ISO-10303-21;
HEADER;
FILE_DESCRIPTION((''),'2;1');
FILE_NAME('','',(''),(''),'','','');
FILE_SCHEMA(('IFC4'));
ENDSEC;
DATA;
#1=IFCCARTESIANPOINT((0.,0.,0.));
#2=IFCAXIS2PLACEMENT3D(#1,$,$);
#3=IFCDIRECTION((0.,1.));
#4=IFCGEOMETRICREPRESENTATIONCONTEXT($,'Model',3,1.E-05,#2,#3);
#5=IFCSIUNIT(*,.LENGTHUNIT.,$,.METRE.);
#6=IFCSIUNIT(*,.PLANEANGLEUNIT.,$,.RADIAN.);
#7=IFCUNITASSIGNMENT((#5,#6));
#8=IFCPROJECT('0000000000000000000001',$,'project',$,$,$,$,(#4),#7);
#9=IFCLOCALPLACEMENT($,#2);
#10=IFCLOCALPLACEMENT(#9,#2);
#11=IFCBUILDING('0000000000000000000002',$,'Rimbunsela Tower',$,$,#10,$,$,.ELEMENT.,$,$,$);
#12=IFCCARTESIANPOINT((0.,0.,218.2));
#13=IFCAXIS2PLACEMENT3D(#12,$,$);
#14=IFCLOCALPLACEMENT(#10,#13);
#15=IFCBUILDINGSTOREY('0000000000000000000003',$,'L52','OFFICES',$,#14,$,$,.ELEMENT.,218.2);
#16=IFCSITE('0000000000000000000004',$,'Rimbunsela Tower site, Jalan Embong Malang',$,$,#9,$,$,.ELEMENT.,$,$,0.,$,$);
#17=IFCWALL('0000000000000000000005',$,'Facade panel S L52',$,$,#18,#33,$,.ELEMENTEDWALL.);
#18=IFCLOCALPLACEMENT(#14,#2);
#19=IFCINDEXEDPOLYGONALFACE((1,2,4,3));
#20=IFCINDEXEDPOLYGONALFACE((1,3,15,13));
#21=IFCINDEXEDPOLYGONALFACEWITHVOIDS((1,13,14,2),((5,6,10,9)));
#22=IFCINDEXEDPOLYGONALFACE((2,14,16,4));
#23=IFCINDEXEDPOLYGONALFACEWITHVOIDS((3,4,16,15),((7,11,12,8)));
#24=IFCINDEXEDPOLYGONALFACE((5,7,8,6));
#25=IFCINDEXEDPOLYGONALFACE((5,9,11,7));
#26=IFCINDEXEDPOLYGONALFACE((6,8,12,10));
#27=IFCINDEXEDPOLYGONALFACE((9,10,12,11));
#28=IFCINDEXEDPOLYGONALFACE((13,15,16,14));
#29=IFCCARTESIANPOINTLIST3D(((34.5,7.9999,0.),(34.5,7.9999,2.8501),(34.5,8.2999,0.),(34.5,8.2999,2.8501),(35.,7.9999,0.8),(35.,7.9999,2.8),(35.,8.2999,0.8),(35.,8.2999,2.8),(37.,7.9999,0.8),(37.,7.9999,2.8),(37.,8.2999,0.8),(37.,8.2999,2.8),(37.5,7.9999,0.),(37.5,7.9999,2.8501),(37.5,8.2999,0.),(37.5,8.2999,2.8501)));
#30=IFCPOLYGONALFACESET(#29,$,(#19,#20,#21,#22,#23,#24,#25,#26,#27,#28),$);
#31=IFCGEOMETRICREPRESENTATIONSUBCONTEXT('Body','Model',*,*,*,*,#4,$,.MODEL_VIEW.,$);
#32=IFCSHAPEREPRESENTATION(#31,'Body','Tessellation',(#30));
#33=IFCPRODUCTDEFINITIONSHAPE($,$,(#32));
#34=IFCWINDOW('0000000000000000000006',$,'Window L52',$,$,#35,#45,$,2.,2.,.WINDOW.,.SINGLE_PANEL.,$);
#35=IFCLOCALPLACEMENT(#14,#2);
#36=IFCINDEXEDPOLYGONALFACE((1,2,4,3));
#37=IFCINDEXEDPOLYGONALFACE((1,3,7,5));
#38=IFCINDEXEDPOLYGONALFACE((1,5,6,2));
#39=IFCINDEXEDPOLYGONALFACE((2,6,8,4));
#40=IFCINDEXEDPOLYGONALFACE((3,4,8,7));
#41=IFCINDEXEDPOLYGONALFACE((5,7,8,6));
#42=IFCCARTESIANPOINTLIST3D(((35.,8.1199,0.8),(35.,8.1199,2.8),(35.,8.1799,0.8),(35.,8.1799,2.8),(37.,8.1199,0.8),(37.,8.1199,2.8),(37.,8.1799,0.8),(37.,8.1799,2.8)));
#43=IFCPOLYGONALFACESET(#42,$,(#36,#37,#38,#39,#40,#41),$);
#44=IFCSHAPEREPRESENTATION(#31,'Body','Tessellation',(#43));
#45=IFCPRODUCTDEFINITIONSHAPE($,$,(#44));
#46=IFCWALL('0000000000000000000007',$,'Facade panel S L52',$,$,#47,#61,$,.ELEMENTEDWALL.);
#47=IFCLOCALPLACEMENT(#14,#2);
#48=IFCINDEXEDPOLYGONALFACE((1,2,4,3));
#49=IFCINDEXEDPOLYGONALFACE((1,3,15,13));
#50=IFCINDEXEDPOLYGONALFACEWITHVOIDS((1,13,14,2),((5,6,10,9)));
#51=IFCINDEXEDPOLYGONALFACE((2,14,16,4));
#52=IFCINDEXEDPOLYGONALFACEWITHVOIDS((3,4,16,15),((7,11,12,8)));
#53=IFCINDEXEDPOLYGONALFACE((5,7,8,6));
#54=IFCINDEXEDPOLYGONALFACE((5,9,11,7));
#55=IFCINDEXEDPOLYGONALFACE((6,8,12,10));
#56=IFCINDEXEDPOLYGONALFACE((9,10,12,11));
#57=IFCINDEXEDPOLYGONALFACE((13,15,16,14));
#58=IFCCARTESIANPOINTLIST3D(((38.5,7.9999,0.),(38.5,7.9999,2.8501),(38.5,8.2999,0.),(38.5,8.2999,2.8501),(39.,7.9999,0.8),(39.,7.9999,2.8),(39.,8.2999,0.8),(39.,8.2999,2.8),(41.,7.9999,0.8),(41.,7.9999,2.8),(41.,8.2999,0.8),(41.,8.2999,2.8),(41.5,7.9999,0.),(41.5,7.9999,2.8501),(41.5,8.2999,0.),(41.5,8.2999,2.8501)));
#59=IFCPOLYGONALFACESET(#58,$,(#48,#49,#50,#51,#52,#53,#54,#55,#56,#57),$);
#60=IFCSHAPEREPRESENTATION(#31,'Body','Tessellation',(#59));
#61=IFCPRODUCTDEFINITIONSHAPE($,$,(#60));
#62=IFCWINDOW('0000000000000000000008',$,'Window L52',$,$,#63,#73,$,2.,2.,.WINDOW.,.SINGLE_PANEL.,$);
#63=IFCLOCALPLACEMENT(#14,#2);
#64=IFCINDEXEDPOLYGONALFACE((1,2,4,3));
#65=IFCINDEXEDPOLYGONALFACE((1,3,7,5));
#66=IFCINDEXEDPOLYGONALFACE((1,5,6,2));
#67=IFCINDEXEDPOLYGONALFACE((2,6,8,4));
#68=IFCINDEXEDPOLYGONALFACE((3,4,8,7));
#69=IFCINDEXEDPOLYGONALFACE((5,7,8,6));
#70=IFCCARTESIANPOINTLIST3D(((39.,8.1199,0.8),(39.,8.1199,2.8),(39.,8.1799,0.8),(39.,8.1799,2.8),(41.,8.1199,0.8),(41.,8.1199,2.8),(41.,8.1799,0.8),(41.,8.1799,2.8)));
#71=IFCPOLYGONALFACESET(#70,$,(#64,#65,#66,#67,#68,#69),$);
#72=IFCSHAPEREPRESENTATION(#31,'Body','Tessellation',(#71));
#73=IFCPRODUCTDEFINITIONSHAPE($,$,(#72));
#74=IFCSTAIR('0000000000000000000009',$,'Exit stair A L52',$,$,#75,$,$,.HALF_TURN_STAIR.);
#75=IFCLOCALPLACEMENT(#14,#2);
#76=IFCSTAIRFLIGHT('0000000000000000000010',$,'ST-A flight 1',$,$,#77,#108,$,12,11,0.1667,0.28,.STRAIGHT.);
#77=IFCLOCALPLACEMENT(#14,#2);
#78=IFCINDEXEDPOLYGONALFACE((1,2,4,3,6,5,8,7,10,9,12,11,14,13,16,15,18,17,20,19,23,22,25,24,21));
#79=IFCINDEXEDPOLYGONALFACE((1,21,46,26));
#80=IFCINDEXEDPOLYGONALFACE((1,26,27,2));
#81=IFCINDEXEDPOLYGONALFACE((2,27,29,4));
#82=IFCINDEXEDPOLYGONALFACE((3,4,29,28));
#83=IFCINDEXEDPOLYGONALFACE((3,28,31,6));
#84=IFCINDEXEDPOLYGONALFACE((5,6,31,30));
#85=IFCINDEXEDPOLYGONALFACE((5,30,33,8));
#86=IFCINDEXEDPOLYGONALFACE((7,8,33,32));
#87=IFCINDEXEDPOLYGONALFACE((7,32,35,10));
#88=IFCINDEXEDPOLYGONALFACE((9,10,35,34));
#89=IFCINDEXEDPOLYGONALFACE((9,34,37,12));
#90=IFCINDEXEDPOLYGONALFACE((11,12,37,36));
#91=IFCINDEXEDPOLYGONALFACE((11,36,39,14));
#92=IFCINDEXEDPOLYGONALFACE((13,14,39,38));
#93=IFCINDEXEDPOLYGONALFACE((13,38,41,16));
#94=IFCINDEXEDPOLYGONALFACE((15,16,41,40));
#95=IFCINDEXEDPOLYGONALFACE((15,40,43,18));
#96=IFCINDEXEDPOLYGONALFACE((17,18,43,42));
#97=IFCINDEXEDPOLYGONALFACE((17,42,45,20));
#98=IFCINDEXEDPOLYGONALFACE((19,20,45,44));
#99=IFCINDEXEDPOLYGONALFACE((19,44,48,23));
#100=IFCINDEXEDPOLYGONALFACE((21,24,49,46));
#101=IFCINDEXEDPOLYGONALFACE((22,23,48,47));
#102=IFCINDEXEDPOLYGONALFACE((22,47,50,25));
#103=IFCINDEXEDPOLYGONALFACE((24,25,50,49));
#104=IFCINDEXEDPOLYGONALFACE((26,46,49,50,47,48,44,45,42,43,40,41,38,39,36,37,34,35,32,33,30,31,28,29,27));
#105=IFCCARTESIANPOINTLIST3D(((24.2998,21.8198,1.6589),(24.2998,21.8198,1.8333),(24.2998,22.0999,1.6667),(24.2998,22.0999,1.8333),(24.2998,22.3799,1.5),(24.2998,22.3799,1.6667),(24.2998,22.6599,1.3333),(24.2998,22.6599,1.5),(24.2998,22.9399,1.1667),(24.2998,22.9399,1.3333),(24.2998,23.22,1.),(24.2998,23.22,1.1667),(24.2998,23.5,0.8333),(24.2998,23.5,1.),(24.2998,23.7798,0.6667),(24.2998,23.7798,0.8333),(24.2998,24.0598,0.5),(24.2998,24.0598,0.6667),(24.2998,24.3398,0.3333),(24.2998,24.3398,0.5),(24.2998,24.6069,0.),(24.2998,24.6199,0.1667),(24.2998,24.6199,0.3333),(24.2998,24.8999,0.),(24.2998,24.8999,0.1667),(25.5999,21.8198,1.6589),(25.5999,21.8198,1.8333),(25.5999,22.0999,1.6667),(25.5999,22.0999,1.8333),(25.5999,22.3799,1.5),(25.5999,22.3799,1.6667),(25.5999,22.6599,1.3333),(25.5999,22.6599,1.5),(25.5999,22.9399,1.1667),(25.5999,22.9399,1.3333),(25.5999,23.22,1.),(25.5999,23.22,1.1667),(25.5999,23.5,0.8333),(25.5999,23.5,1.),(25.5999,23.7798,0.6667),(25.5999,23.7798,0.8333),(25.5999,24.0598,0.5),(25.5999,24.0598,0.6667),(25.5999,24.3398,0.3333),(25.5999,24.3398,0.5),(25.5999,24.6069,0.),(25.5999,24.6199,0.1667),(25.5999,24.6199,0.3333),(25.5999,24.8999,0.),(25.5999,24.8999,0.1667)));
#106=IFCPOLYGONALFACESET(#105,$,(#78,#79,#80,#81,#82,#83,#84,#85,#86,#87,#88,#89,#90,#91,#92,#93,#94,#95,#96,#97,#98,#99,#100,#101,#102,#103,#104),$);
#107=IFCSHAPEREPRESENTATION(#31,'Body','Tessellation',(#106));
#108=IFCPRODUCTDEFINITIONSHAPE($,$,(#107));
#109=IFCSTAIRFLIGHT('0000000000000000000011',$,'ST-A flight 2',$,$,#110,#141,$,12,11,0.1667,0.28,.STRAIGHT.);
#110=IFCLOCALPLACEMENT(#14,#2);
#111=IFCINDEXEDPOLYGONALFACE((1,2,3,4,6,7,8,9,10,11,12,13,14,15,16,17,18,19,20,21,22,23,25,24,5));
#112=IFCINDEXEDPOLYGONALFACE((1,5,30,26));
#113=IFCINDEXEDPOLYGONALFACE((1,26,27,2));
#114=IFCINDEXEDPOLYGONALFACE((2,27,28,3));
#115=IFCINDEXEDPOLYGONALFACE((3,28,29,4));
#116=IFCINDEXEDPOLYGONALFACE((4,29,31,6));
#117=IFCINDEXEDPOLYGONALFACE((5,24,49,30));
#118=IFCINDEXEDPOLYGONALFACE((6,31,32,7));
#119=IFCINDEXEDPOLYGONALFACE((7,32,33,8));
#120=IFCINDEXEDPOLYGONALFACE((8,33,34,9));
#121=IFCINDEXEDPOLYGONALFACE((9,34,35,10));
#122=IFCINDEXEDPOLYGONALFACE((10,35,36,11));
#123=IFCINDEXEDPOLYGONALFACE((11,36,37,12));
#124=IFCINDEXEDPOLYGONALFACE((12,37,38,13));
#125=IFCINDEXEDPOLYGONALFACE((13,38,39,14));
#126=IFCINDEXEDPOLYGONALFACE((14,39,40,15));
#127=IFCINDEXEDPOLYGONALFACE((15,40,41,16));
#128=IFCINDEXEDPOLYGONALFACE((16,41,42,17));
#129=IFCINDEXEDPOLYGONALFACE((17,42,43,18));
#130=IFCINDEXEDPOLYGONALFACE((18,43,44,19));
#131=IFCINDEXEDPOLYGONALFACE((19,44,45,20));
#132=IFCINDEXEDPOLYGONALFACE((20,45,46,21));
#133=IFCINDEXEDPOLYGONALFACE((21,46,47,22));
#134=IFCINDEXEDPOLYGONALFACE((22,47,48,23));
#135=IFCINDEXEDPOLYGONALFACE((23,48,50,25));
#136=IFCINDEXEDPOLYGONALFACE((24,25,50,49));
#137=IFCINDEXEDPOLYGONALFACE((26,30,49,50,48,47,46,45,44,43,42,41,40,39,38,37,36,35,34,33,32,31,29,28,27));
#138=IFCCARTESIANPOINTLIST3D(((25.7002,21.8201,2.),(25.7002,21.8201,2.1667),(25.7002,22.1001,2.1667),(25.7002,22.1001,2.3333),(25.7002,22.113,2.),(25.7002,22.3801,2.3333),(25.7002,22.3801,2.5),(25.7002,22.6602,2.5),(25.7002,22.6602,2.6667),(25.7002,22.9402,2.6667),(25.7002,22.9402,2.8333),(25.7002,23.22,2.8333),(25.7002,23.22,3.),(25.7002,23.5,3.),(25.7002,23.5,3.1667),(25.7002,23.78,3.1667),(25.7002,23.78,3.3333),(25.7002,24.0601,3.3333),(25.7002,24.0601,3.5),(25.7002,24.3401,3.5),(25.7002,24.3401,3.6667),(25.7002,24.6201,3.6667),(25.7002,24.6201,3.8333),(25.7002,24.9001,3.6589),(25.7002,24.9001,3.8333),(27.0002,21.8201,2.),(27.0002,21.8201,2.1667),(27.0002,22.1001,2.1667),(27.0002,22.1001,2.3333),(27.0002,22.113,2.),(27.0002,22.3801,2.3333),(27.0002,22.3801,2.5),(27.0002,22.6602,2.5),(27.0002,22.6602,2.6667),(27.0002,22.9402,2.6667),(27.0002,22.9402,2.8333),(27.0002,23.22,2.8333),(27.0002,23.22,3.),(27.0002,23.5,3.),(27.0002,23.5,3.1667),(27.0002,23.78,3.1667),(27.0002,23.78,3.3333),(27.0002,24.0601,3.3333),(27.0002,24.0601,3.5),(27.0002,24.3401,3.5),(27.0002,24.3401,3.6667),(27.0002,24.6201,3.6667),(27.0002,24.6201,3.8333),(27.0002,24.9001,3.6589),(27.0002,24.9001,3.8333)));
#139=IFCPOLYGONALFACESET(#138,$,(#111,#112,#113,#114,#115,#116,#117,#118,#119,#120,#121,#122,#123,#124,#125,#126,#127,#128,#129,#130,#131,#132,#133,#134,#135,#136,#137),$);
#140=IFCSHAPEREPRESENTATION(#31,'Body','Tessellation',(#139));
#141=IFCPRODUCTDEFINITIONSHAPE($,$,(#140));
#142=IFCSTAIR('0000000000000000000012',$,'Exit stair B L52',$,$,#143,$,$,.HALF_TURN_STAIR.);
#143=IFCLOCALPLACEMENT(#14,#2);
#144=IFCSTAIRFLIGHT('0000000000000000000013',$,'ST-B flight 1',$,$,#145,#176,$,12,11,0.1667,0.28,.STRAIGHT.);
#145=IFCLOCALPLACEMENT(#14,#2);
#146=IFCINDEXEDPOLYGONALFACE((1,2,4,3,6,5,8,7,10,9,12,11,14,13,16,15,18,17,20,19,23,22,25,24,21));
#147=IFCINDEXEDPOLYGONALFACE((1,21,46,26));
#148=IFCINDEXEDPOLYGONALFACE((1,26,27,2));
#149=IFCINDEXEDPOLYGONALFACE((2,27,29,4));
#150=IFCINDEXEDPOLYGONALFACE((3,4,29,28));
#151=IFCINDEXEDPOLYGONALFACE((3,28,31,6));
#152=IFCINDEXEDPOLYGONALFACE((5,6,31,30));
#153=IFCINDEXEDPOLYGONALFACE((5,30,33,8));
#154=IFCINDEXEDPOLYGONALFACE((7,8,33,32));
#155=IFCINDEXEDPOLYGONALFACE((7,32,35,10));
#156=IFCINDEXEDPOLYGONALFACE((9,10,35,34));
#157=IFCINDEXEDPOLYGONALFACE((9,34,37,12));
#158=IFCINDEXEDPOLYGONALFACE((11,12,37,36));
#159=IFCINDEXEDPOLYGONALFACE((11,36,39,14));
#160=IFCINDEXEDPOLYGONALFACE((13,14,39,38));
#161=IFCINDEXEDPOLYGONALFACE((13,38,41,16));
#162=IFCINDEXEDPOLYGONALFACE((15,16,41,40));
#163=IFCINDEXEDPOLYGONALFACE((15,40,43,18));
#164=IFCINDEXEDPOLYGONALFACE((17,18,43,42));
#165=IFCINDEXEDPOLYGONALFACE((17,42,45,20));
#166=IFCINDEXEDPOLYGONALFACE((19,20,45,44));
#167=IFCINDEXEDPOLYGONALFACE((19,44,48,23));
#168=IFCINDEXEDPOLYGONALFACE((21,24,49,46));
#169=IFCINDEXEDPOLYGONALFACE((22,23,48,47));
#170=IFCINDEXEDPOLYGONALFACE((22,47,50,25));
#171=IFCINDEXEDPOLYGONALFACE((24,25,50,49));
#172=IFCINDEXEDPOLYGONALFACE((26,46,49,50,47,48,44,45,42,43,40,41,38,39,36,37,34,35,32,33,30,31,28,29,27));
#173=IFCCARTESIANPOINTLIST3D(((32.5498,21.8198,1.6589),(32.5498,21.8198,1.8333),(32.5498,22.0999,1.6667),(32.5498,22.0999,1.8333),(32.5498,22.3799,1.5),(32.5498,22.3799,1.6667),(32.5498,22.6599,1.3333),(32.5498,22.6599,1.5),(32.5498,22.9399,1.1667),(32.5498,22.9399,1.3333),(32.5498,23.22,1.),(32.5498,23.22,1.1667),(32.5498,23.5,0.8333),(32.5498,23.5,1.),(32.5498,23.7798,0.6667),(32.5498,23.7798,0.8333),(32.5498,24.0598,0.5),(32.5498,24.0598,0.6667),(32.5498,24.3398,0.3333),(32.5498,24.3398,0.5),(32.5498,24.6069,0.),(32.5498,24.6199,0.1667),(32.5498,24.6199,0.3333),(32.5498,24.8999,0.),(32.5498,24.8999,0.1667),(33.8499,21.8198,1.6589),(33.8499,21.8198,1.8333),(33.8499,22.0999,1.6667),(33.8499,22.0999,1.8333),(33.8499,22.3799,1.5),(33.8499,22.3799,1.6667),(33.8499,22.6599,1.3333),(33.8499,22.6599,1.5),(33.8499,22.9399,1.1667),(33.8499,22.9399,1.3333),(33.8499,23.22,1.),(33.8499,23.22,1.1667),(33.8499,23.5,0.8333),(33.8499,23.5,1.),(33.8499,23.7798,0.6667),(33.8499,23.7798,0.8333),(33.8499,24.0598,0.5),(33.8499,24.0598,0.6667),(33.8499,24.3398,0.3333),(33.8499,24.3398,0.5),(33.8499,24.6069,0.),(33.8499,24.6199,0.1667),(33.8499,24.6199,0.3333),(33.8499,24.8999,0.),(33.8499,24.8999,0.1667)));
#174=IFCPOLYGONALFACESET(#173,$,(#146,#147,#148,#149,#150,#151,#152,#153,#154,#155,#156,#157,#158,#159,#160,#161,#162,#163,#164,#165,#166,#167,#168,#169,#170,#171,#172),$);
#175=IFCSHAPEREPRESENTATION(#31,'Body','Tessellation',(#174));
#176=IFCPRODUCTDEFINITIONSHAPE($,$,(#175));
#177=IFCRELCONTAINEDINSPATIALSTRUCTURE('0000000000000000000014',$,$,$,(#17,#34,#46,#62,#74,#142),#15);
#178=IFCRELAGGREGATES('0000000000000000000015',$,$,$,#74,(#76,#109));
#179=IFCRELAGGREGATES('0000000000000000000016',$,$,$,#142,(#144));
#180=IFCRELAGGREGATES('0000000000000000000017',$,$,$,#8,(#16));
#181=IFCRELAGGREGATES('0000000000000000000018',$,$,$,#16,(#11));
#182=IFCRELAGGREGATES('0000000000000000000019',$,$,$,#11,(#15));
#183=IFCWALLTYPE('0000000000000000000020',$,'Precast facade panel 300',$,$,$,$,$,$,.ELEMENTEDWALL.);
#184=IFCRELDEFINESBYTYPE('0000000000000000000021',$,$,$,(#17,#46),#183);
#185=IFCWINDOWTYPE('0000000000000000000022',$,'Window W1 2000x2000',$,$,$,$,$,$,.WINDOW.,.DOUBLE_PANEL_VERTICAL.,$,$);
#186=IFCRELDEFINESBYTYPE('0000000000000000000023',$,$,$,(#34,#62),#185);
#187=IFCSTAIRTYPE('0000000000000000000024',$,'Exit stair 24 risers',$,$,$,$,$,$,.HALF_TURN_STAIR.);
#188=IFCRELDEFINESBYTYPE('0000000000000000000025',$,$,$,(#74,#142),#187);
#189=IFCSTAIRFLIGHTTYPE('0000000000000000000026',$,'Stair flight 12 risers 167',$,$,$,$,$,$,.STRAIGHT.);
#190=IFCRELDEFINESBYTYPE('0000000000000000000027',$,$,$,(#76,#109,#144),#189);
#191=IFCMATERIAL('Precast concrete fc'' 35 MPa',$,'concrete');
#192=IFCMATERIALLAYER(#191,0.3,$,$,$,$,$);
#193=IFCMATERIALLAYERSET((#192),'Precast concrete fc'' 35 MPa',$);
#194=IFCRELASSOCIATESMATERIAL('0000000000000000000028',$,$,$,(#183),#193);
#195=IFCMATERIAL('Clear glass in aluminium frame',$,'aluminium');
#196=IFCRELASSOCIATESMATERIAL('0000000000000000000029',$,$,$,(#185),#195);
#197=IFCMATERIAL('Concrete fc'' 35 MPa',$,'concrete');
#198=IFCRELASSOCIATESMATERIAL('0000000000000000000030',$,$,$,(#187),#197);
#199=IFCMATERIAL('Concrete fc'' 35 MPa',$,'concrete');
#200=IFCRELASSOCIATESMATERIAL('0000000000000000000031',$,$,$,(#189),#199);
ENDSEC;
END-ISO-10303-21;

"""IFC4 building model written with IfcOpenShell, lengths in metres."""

from ifc_helpers import new_model, si_unit, direction, frame, frame_2d, origin, place, context, subcontext, project, spatial, polyline, rectangle, outline, extrude, material, layer, layer_set, type_object, element, fill, aggregate, save


model = new_model("IFC4")

# Units and contexts
model_context = context("Model", 3, precision=1e-05, world=origin(), true_north=direction((0.0, 1.0)))
body_context = subcontext(model_context, "Body", "Model", "MODEL_VIEW")
ifc_project = project(units=[si_unit("LENGTHUNIT", "METRE"), si_unit("PLANEANGLEUNIT", "RADIAN")], contexts=[model_context])

# Site, building, storey
site_placement = place(None, origin())
site = spatial("IfcSite", under=ifc_project, at=site_placement, Name="Rimbunsela Tower site, Jalan Embong Malang", CompositionType="ELEMENT", RefElevation=0.0)
building_placement = place(site_placement, origin())
building = spatial("IfcBuilding", under=site, at=building_placement, Name="Rimbunsela Tower", CompositionType="ELEMENT")
storey_placement = place(building_placement, frame((0.0, 0.0, 218.2)))
storey = spatial("IfcBuildingStorey", under=building, at=storey_placement, Name="L52", Description="OFFICES", CompositionType="ELEMENT", Elevation=218.2)

# Walls, openings, windows
ifc_material_1 = material(Name="Precast concrete fc' 35 MPa", Category="concrete")
ifc_layer_1 = layer(ifc_material_1, 0.3)
ifc_layer_set_1 = layer_set([ifc_layer_1], Name="Precast concrete fc' 35 MPa")
wall_type_1 = type_object("IfcWallType", Name="Precast facade panel 300", PredefinedType="ELEMENTEDWALL", material=ifc_layer_set_1)
wall_1_placement = place(storey_placement, frame((34.5, 8.1499, 0.0), z_axis=(0.0, 0.0, 1.0), x_axis=(1.0, 0.0, 0.0)))
wall_1 = element("IfcWall", 1, at=wall_1_placement, inside=storey, type_object=wall_type_1, Name="Facade panel S L52", PredefinedType="ELEMENTEDWALL", context=body_context, shape_type="SweptSolid", body=[
    extrude(rectangle(XDim=3.0, YDim=0.3, at=frame_2d((1.5, 0.0))), origin(), (0.0, 0.0, 1.0), 2.8501),
])
opening_1_placement = place(wall_1_placement, frame((0.5, 0.0, 0.8)))
opening_1 = element("IfcOpeningElement", 2, at=opening_1_placement, cuts=wall_1, PredefinedType="OPENING", context=body_context, shape_type="SweptSolid", body=[
    extrude(rectangle(XDim=2.0, YDim=2.0, at=frame_2d((1.0, 1.0))), frame((0.0, 0.1599, 0.0), z_axis=(0.0, -1.0, 0.0), x_axis=(1.0, 0.0, 0.0)), (0.0, 0.0, 1.0), 0.3201),
])
ifc_material_2 = material(Name="Clear glass in aluminium frame", Category="aluminium")
window_type = type_object("IfcWindowType", Name="Window W1 2000x2000", PartitioningType="DOUBLE_PANEL_VERTICAL", PredefinedType="WINDOW", material=ifc_material_2)
window_1_placement = place(opening_1_placement, origin())
window_1 = element("IfcWindow", 3, at=window_1_placement, inside=storey, type_object=window_type, Name="Window L52", OverallHeight=2.0, OverallWidth=2.0, PartitioningType="SINGLE_PANEL", PredefinedType="WINDOW", context=body_context, shape_type="SweptSolid", body=[
    extrude(rectangle(XDim=2.0, YDim=2.0, at=frame_2d((1.0, 1.0))), frame((0.0, 0.03, 0.0), z_axis=(0.0, -1.0, 0.0), x_axis=(1.0, 0.0, 0.0)), (0.0, 0.0, 1.0), 0.0601),
])
fill(opening_1, window_1)
wall_2_placement = place(storey_placement, frame((38.5, 8.1499, 0.0), z_axis=(0.0, 0.0, 1.0), x_axis=(1.0, 0.0, 0.0)))
wall_2 = element("IfcWall", 4, at=wall_2_placement, inside=storey, type_object=wall_type_1, Name="Facade panel S L52", PredefinedType="ELEMENTEDWALL", context=body_context, shape_type="SweptSolid", body=[
    extrude(rectangle(XDim=3.0, YDim=0.3, at=frame_2d((1.5, 0.0))), origin(), (0.0, 0.0, 1.0), 2.8501),
])
opening_2_placement = place(wall_2_placement, frame((0.5, 0.0, 0.8)))
opening_2 = element("IfcOpeningElement", 5, at=opening_2_placement, cuts=wall_2, PredefinedType="OPENING", context=body_context, shape_type="SweptSolid", body=[
    extrude(rectangle(XDim=2.0, YDim=2.0, at=frame_2d((1.0, 1.0))), frame((0.0, 0.1599, 0.0), z_axis=(0.0, -1.0, 0.0), x_axis=(1.0, 0.0, 0.0)), (0.0, 0.0, 1.0), 0.3201),
])
window_2_placement = place(opening_2_placement, origin())
window_2 = element("IfcWindow", 6, at=window_2_placement, inside=storey, type_object=window_type, Name="Window L52", OverallHeight=2.0, OverallWidth=2.0, PartitioningType="SINGLE_PANEL", PredefinedType="WINDOW", context=body_context, shape_type="SweptSolid", body=[
    extrude(rectangle(XDim=2.0, YDim=2.0, at=frame_2d((1.0, 1.0))), frame((0.0, 0.03, 0.0), z_axis=(0.0, -1.0, 0.0), x_axis=(1.0, 0.0, 0.0)), (0.0, 0.0, 1.0), 0.0601),
])
fill(opening_2, window_2)

# Stairs, stair flights
ifc_material_3 = material(Name="Concrete fc' 35 MPa", Category="concrete")
stair_type = type_object("IfcStairType", Name="Exit stair 24 risers", PredefinedType="HALF_TURN_STAIR", material=ifc_material_3)
stair_1_placement = place(storey_placement, origin())
stair_1 = element("IfcStair", 7, at=stair_1_placement, inside=storey, type_object=stair_type, Name="Exit stair A L52", PredefinedType="HALF_TURN_STAIR")
ifc_material_4 = material(Name="Concrete fc' 35 MPa", Category="concrete")
stair_flight_type = type_object("IfcStairFlightType", Name="Stair flight 12 risers 167", PredefinedType="STRAIGHT", material=ifc_material_4)
stair_flight_1_placement = place(storey_placement, frame((24.95, 24.8999, 0.0), z_axis=(0.0, 0.0, 1.0), x_axis=(0.0, -1.0, 0.0)))
stair_flight_1 = element("IfcStairFlight", 8, at=stair_flight_1_placement, type_object=stair_flight_type, Name="ST-A flight 1", NumberOfRisers=12, NumberOfTreads=11, PredefinedType="STRAIGHT", RiserHeight=0.1667, TreadLength=0.28, context=body_context, shape_type="SweptSolid", body=[
    extrude(outline(polyline([(0.0, 0.0), (0.0, 0.1667), (0.28, 0.1667), (0.28, 0.3333), (0.5601, 0.3333), (0.5601, 0.5), (0.8401, 0.5), (0.8401, 0.6667), (1.1201, 0.6667), (1.1201, 0.8333), (1.3999, 0.8333), (1.3999, 1.0), (1.6799, 1.0), (1.6799, 1.1667), (1.96, 1.1667), (1.96, 1.3333), (2.24, 1.3333), (2.24, 1.5), (2.52, 1.5), (2.52, 1.6667), (2.8, 1.6667), (2.8, 1.8333), (3.0801, 1.8333), (3.0801, 2.0), (3.0801, 1.6589), (0.293, 0.0), (0.0, 0.0)])), frame((0.0, 0.6499, 0.0), z_axis=(0.0, -1.0, 0.0), x_axis=(1.0, 0.0, 0.0)), (0.0, 0.0, 1.0), 1.3),
])
stair_flight_2_placement = place(storey_placement, frame((26.3501, 21.8201, 2.0), z_axis=(0.0, 0.0, 1.0), x_axis=(0.0, 1.0, 0.0)))
stair_flight_2 = element("IfcStairFlight", 9, at=stair_flight_2_placement, type_object=stair_flight_type, Name="ST-A flight 2", NumberOfRisers=12, NumberOfTreads=11, PredefinedType="STRAIGHT", RiserHeight=0.1667, TreadLength=0.28, context=body_context, shape_type="SweptSolid", body=[
    extrude(outline(polyline([(0.0, 0.0), (0.0, 0.1667), (0.28, 0.1667), (0.28, 0.3333), (0.5601, 0.3333), (0.5601, 0.5), (0.8401, 0.5), (0.8401, 0.6667), (1.1201, 0.6667), (1.1201, 0.8333), (1.3999, 0.8333), (1.3999, 1.0), (1.6799, 1.0), (1.6799, 1.1667), (1.96, 1.1667), (1.96, 1.3333), (2.24, 1.3333), (2.24, 1.5), (2.52, 1.5), (2.52, 1.6667), (2.8, 1.6667), (2.8, 1.8333), (3.0801, 1.8333), (3.0801, 2.0), (3.0801, 1.6589), (0.293, 0.0), (0.0, 0.0)])), frame((0.0, 0.6499, 0.0), z_axis=(0.0, -1.0, 0.0), x_axis=(1.0, 0.0, 0.0)), (0.0, 0.0, 1.0), 1.3),
])
aggregate(stair_1, [stair_flight_1, stair_flight_2])
stair_2_placement = place(storey_placement, origin())
stair_2 = element("IfcStair", 10, at=stair_2_placement, inside=storey, type_object=stair_type, Name="Exit stair B L52", PredefinedType="HALF_TURN_STAIR")
stair_flight_3_placement = place(storey_placement, frame((33.2, 24.8999, 0.0), z_axis=(0.0, 0.0, 1.0), x_axis=(0.0, -1.0, 0.0)))
stair_flight_3 = element("IfcStairFlight", 11, at=stair_flight_3_placement, type_object=stair_flight_type, Name="ST-B flight 1", NumberOfRisers=12, NumberOfTreads=11, PredefinedType="STRAIGHT", RiserHeight=0.1667, TreadLength=0.28, context=body_context, shape_type="SweptSolid", body=[
    extrude(outline(polyline([(0.0, 0.0), (0.0, 0.1667), (0.28, 0.1667), (0.28, 0.3333), (0.5601, 0.3333), (0.5601, 0.5), (0.8401, 0.5), (0.8401, 0.6667), (1.1201, 0.6667), (1.1201, 0.8333), (1.3999, 0.8333), (1.3999, 1.0), (1.6799, 1.0), (1.6799, 1.1667), (1.96, 1.1667), (1.96, 1.3333), (2.24, 1.3333), (2.24, 1.5), (2.52, 1.5), (2.52, 1.6667), (2.8, 1.6667), (2.8, 1.8333), (3.0801, 1.8333), (3.0801, 2.0), (3.0801, 1.6589), (0.293, 0.0), (0.0, 0.0)])), frame((0.0, 0.6499, 0.0), z_axis=(0.0, -1.0, 0.0), x_axis=(1.0, 0.0, 0.0)), (0.0, 0.0, 1.0), 1.3),
])
aggregate(stair_2, [stair_flight_3])

save(model, "model.ifc")
